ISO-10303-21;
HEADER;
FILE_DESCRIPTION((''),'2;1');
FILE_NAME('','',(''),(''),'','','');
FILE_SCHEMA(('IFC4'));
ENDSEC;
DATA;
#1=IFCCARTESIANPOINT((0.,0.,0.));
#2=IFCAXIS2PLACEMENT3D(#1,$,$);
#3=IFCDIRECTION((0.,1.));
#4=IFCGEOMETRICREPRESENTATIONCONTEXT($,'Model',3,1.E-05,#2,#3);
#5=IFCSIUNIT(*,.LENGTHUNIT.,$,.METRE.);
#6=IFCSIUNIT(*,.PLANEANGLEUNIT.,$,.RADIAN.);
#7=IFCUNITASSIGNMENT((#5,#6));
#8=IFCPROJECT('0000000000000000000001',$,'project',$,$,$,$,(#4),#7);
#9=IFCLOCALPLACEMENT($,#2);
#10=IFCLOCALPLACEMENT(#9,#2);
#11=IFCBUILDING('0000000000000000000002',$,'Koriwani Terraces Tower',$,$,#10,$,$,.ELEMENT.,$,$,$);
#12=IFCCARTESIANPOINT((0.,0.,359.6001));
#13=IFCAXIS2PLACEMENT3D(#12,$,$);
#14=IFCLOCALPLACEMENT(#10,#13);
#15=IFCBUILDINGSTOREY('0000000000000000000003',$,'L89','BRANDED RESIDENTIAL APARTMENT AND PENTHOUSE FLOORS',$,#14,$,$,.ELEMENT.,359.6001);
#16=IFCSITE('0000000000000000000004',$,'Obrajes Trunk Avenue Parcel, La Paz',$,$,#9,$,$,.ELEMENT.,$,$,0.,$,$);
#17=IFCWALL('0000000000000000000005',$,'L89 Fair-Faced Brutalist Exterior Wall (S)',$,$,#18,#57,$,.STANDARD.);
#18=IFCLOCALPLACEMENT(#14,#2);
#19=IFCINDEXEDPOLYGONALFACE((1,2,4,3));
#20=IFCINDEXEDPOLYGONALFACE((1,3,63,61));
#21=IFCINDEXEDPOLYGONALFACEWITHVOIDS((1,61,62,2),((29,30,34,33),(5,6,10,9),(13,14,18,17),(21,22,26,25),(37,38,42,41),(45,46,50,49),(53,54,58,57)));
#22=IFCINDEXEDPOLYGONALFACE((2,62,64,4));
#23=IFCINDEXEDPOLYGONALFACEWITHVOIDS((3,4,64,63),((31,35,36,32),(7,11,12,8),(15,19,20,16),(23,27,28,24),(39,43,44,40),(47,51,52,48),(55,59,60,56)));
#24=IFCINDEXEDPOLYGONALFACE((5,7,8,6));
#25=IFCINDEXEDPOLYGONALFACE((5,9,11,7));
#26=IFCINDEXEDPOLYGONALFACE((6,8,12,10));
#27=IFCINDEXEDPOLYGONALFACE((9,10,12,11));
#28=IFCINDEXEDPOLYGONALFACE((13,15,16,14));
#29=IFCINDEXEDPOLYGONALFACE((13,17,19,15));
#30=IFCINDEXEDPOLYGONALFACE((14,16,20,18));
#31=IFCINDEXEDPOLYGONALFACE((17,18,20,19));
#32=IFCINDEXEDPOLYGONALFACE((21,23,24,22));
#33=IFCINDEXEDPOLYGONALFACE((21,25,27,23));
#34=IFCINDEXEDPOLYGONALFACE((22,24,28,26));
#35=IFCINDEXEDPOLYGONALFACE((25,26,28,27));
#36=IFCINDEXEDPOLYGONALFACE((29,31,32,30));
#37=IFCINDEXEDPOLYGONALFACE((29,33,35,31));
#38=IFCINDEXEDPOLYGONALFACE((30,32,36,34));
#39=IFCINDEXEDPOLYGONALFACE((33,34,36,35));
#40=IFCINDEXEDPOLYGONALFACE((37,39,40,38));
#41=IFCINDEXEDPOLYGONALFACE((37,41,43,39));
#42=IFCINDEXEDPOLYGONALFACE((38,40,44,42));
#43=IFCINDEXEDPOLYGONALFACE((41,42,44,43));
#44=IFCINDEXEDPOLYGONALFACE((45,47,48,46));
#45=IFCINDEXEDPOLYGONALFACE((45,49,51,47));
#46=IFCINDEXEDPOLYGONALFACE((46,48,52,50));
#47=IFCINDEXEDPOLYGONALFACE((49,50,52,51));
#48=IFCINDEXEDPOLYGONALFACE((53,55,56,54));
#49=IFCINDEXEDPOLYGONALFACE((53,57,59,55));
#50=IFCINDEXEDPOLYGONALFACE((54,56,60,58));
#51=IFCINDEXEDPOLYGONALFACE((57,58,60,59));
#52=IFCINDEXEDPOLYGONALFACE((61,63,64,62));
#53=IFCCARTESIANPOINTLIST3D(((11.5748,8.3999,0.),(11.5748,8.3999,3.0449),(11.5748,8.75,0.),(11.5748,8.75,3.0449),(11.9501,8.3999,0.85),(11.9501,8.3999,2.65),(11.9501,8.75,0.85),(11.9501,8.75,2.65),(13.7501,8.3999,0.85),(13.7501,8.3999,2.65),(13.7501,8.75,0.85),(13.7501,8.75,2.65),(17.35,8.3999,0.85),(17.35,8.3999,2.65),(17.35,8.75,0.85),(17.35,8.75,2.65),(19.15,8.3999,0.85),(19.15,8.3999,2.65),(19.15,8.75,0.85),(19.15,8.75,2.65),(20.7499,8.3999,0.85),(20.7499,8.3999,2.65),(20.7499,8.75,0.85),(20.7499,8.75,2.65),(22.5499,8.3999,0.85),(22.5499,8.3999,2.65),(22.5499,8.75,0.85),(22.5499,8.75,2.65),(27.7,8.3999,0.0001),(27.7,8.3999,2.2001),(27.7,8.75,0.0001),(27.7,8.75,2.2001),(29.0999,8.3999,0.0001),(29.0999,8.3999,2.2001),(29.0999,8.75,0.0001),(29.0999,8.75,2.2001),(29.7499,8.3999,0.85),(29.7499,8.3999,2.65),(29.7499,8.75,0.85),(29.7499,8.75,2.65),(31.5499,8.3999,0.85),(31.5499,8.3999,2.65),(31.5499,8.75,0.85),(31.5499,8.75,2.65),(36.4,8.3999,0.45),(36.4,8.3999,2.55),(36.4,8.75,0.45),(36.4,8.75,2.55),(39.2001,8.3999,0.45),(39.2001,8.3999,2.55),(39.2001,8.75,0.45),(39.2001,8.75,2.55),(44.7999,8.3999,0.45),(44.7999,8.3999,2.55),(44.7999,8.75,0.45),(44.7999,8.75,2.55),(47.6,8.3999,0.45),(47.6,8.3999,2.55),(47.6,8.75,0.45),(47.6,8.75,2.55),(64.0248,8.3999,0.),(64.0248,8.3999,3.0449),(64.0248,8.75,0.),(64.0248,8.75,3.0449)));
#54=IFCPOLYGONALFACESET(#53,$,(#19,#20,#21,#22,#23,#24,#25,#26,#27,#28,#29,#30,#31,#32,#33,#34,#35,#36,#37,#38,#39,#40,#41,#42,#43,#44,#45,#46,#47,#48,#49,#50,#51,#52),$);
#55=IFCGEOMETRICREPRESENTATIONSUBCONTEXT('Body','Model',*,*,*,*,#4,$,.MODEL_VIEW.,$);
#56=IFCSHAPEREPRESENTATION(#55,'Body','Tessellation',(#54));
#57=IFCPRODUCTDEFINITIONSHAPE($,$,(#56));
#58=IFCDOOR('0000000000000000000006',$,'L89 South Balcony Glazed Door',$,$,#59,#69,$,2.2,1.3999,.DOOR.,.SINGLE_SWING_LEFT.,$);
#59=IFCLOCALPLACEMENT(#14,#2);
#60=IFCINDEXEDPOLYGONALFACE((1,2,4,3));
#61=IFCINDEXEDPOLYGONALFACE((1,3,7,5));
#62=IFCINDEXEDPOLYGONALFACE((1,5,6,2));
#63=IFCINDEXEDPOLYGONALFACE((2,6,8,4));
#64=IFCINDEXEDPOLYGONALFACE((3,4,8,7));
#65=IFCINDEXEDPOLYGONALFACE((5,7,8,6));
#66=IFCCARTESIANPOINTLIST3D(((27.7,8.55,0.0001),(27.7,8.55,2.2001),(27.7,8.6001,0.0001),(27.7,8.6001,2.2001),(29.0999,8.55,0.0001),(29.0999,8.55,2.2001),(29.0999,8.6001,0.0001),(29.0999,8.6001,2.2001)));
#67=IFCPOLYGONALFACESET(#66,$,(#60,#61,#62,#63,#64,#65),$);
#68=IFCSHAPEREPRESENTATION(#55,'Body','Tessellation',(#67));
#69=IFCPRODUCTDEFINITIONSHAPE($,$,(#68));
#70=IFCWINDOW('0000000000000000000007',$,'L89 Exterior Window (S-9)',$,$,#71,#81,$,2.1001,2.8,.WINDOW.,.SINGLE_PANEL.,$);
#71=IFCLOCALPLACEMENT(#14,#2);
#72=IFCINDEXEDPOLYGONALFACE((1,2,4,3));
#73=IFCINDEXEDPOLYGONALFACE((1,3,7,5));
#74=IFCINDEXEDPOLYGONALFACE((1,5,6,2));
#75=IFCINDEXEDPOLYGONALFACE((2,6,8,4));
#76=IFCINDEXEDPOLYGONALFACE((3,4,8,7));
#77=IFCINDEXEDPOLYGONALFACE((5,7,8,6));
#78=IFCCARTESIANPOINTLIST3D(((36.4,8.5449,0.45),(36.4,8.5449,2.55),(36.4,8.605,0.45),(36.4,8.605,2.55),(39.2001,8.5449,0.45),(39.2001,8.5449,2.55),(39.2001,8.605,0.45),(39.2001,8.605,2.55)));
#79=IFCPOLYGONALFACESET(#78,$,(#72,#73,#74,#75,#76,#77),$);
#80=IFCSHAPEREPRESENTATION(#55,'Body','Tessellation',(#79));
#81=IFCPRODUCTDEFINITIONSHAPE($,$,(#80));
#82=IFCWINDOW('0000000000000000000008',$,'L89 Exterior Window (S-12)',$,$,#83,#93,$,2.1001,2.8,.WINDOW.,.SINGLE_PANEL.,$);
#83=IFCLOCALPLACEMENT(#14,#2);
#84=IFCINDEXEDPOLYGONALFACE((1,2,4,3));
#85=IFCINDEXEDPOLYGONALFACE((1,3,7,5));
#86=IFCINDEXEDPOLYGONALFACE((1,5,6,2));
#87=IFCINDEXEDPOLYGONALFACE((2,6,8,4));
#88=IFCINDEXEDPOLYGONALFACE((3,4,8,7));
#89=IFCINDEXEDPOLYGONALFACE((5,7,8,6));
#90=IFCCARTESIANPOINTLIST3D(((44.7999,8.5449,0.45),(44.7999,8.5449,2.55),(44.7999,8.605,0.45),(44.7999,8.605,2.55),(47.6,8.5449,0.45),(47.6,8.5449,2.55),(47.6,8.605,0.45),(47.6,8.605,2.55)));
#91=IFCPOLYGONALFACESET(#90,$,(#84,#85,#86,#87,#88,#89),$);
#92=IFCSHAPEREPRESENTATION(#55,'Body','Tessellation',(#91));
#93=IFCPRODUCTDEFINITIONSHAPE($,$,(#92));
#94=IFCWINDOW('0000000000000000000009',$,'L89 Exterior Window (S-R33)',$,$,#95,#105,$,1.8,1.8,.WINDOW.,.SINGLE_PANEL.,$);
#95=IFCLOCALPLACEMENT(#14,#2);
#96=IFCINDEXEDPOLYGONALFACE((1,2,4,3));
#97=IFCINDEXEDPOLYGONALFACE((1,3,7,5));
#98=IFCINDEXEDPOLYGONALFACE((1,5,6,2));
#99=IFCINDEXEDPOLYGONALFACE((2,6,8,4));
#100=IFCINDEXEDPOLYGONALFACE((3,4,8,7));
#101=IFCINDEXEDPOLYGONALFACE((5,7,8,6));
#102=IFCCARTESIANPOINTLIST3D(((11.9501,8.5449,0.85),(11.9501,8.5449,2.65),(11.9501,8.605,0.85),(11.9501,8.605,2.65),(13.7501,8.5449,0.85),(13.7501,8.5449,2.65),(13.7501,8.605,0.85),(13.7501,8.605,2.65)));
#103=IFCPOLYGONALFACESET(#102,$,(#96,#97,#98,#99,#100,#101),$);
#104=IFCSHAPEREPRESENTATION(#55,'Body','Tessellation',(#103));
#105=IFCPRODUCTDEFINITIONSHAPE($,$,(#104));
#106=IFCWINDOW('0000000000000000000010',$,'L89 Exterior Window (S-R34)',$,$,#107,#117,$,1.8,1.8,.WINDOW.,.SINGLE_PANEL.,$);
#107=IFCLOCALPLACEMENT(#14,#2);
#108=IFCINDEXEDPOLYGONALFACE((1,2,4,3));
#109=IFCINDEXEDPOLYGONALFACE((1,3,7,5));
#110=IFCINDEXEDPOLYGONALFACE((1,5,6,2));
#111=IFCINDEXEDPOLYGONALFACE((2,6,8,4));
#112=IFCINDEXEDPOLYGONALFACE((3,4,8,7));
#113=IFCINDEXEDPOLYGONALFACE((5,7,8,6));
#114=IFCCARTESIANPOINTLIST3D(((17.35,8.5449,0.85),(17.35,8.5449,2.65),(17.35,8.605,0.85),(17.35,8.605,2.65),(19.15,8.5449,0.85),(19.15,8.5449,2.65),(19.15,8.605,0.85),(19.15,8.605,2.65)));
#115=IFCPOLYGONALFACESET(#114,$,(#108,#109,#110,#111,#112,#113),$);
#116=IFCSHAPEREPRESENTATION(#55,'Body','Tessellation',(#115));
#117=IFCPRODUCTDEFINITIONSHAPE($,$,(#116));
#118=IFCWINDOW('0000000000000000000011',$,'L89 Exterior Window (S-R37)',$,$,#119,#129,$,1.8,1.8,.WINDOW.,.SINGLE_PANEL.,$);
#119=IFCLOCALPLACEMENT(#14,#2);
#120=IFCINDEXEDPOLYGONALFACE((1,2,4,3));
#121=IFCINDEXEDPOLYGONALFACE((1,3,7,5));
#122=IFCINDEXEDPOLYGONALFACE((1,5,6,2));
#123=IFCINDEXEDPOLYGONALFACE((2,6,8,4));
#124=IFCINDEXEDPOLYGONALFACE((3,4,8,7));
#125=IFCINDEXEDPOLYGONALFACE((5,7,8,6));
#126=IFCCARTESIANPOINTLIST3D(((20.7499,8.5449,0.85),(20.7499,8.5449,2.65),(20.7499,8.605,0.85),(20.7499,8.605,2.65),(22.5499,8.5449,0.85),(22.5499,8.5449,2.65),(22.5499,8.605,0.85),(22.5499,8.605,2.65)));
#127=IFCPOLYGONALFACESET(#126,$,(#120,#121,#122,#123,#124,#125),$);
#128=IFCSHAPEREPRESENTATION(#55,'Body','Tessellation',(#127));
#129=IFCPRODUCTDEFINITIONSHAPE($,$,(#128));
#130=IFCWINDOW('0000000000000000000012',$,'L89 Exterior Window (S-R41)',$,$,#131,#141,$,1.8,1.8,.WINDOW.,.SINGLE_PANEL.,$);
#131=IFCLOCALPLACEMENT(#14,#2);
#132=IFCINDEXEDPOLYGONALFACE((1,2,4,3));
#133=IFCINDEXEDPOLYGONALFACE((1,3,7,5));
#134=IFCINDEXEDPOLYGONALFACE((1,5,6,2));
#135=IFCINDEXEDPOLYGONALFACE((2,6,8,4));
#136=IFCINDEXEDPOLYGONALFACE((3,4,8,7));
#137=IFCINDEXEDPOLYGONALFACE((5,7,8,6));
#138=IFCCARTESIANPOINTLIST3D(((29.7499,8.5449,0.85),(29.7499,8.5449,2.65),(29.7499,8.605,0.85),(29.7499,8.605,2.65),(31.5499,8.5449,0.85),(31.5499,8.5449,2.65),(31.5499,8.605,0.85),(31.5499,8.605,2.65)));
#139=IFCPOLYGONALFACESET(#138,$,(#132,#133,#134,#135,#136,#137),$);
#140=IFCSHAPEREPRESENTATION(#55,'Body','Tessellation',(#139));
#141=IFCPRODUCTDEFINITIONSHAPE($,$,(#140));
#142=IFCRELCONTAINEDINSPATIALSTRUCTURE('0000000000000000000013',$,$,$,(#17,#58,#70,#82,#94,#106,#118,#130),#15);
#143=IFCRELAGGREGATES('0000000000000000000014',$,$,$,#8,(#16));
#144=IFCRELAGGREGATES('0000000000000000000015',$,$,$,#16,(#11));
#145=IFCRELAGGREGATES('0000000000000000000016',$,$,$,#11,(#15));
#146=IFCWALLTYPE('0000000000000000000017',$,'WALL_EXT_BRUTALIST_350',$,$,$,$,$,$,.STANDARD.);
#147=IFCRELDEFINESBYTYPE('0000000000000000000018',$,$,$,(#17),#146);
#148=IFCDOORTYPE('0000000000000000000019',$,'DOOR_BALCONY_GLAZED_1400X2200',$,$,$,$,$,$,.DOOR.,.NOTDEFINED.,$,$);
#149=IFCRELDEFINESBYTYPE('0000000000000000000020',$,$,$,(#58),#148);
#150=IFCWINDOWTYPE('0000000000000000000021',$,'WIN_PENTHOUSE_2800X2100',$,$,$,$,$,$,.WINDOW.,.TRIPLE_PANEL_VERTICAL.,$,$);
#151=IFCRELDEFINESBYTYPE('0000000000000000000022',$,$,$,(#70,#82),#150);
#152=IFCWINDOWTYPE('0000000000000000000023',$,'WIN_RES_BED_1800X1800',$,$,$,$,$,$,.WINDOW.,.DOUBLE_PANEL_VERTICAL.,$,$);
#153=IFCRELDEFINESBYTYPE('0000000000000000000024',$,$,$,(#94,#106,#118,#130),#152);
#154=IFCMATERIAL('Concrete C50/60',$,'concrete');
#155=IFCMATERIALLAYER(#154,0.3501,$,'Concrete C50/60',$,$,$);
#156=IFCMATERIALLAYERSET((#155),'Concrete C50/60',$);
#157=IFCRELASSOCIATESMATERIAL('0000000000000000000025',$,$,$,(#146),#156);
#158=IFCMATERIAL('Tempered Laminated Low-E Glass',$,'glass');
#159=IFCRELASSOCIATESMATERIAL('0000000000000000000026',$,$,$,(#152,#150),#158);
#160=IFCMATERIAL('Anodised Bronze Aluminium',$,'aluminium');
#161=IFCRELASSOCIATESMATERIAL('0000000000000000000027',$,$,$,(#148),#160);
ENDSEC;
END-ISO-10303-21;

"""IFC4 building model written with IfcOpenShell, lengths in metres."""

from ifc_helpers import new_model, si_unit, direction, frame, frame_2d, origin, place, context, subcontext, project, spatial, rectangle, extrude, material, layer, layer_set, type_object, element, fill, save


model = new_model("IFC4")

# Units and contexts
model_context = context("Model", 3, precision=1e-05, world=origin(), true_north=direction((0.0, 1.0)))
body_context = subcontext(model_context, "Body", "Model", "MODEL_VIEW")
ifc_project = project(units=[si_unit("LENGTHUNIT", "METRE"), si_unit("PLANEANGLEUNIT", "RADIAN")], contexts=[model_context])

# Site, building, storey
site_placement = place(None, origin())
site = spatial("IfcSite", under=ifc_project, at=site_placement, Name="Obrajes Trunk Avenue Parcel, La Paz", CompositionType="ELEMENT", RefElevation=0.0)
building_placement = place(site_placement, origin())
building = spatial("IfcBuilding", under=site, at=building_placement, Name="Koriwani Terraces Tower", CompositionType="ELEMENT")
storey_placement = place(building_placement, frame((0.0, 0.0, 359.6001)))
storey = spatial("IfcBuildingStorey", under=building, at=storey_placement, Name="L89", Description="BRANDED RESIDENTIAL APARTMENT AND PENTHOUSE FLOORS", CompositionType="ELEMENT", Elevation=359.6001)

# Shared definitions
ifc_material_1 = material(Name="Concrete C50/60", Category="concrete")

# Shared definitions
ifc_layer_1 = layer(ifc_material_1, 0.3501, Name="Concrete C50/60")
ifc_layer_set_1 = layer_set([ifc_layer_1], Name="Concrete C50/60")
wall_type_1 = type_object("IfcWallType", Name="WALL_EXT_BRUTALIST_350", PredefinedType="STANDARD", material=ifc_layer_set_1)
ifc_material_2 = material(Name="Tempered Laminated Low-E Glass", Category="glass")
window_type_1 = type_object("IfcWindowType", Name="WIN_RES_BED_1800X1800", PartitioningType="DOUBLE_PANEL_VERTICAL", PredefinedType="WINDOW", material=ifc_material_2)

# Wall, openings, door, windows
wall_1_placement = place(storey_placement, frame((64.0249, 8.575, 0.0), z_axis=(0.0, 0.0, 1.0), x_axis=(-1.0, 0.0, 0.0)))
wall_1 = element("IfcWall", 1, at=wall_1_placement, inside=storey, type_object=wall_type_1, Name="L89 Fair-Faced Brutalist Exterior Wall (S)", PredefinedType="STANDARD", context=body_context, shape_type="SweptSolid", body=[
    extrude(rectangle(XDim=52.45, YDim=0.3501, at=frame_2d((26.2251, 0.0))), origin(), (0.0, 0.0, 1.0), 3.0449),
])
opening_1_placement = place(wall_1_placement, frame((34.925, 0.0, 0.0)))
opening_1 = element("IfcOpeningElement", 2, at=opening_1_placement, cuts=wall_1, PredefinedType="OPENING", context=body_context, shape_type="SweptSolid", body=[
    extrude(rectangle(XDim=1.3999, YDim=2.2, at=frame_2d((0.7, 1.1001))), frame((0.0, 0.1851, 0.0), z_axis=(0.0, -1.0, 0.0), x_axis=(1.0, 0.0, 0.0)), (0.0, 0.0, 1.0), 0.3701),
])
opening_2_placement = place(wall_1_placement, frame((24.825, 0.0, 0.45)))
opening_2 = element("IfcOpeningElement", 3, at=opening_2_placement, cuts=wall_1, PredefinedType="OPENING", context=body_context, shape_type="SweptSolid", body=[
    extrude(rectangle(XDim=2.8, YDim=2.1001, at=frame_2d((1.3999, 1.05))), frame((0.0, 0.1851, 0.0), z_axis=(0.0, -1.0, 0.0), x_axis=(1.0, 0.0, 0.0)), (0.0, 0.0, 1.0), 0.3701),
])
opening_3_placement = place(wall_1_placement, frame((16.425, 0.0, 0.45)))
opening_3 = element("IfcOpeningElement", 4, at=opening_3_placement, cuts=wall_1, PredefinedType="OPENING", context=body_context, shape_type="SweptSolid", body=[
    extrude(rectangle(XDim=2.8, YDim=2.1001, at=frame_2d((1.3999, 1.05))), frame((0.0, 0.1851, 0.0), z_axis=(0.0, -1.0, 0.0), x_axis=(1.0, 0.0, 0.0)), (0.0, 0.0, 1.0), 0.3701),
])
opening_4_placement = place(wall_1_placement, frame((50.2749, 0.0, 0.8501)))
opening_4 = element("IfcOpeningElement", 5, at=opening_4_placement, cuts=wall_1, PredefinedType="OPENING", context=body_context, shape_type="SweptSolid", body=[
    extrude(rectangle(XDim=1.8, YDim=1.8, at=frame_2d((0.8999, 0.8999))), frame((0.0, 0.1851, 0.0), z_axis=(0.0, -1.0, 0.0), x_axis=(1.0, 0.0, 0.0)), (0.0, 0.0, 1.0), 0.3701),
])
opening_5_placement = place(wall_1_placement, frame((44.875, 0.0, 0.8501)))
opening_5 = element("IfcOpeningElement", 6, at=opening_5_placement, cuts=wall_1, PredefinedType="OPENING", context=body_context, shape_type="SweptSolid", body=[
    extrude(rectangle(XDim=1.8, YDim=1.8, at=frame_2d((0.8999, 0.8999))), frame((0.0, 0.1851, 0.0), z_axis=(0.0, -1.0, 0.0), x_axis=(1.0, 0.0, 0.0)), (0.0, 0.0, 1.0), 0.3701),
])
opening_6_placement = place(wall_1_placement, frame((41.4751, 0.0, 0.8501)))
opening_6 = element("IfcOpeningElement", 7, at=opening_6_placement, cuts=wall_1, PredefinedType="OPENING", context=body_context, shape_type="SweptSolid", body=[
    extrude(rectangle(XDim=1.8, YDim=1.8, at=frame_2d((0.8999, 0.8999))), frame((0.0, 0.1851, 0.0), z_axis=(0.0, -1.0, 0.0), x_axis=(1.0, 0.0, 0.0)), (0.0, 0.0, 1.0), 0.3701),
])
opening_7_placement = place(wall_1_placement, frame((32.4751, 0.0, 0.8501)))
opening_7 = element("IfcOpeningElement", 8, at=opening_7_placement, cuts=wall_1, PredefinedType="OPENING", context=body_context, shape_type="SweptSolid", body=[
    extrude(rectangle(XDim=1.8, YDim=1.8, at=frame_2d((0.8999, 0.8999))), frame((0.0, 0.1851, 0.0), z_axis=(0.0, -1.0, 0.0), x_axis=(1.0, 0.0, 0.0)), (0.0, 0.0, 1.0), 0.3701),
])
ifc_material_3 = material(Name="Anodised Bronze Aluminium", Category="aluminium")
door_type_1 = type_object("IfcDoorType", Name="DOOR_BALCONY_GLAZED_1400X2200", OperationType="NOTDEFINED", PredefinedType="DOOR", material=ifc_material_3)
door_1_placement = place(opening_1_placement, origin())
door_1 = element("IfcDoor", 9, at=door_1_placement, inside=storey, type_object=door_type_1, Name="L89 South Balcony Glazed Door", OperationType="SINGLE_SWING_LEFT", OverallHeight=2.2, OverallWidth=1.3999, PredefinedType="DOOR", context=body_context, shape_type="SweptSolid", body=[
    extrude(rectangle(XDim=1.3999, YDim=2.2, at=frame_2d((0.7, 1.1001))), frame((0.0, 0.0249, 0.0), z_axis=(0.0, -1.0, 0.0), x_axis=(1.0, 0.0, 0.0)), (0.0, 0.0, 1.0), 0.05),
])
fill(opening_1, door_1)
window_type_2 = type_object("IfcWindowType", Name="WIN_PENTHOUSE_2800X2100", PartitioningType="TRIPLE_PANEL_VERTICAL", PredefinedType="WINDOW", material=ifc_material_2)
window_1_placement = place(opening_2_placement, origin())
window_1 = element("IfcWindow", 10, at=window_1_placement, inside=storey, type_object=window_type_2, Name="L89 Exterior Window (S-9)", OverallHeight=2.1001, OverallWidth=2.8, PartitioningType="SINGLE_PANEL", PredefinedType="WINDOW", context=body_context, shape_type="SweptSolid", body=[
    extrude(rectangle(XDim=2.8, YDim=2.1001, at=frame_2d((1.3999, 1.05))), frame((0.0, 0.03, 0.0), z_axis=(0.0, -1.0, 0.0), x_axis=(1.0, 0.0, 0.0)), (0.0, 0.0, 1.0), 0.0601),
])
fill(opening_2, window_1)
window_2_placement = place(opening_3_placement, origin())
window_2 = element("IfcWindow", 11, at=window_2_placement, inside=storey, type_object=window_type_2, Name="L89 Exterior Window (S-12)", OverallHeight=2.1001, OverallWidth=2.8, PartitioningType="SINGLE_PANEL", PredefinedType="WINDOW", context=body_context, shape_type="SweptSolid", body=[
    extrude(rectangle(XDim=2.8, YDim=2.1001, at=frame_2d((1.3999, 1.05))), frame((0.0, 0.03, 0.0), z_axis=(0.0, -1.0, 0.0), x_axis=(1.0, 0.0, 0.0)), (0.0, 0.0, 1.0), 0.0601),
])
fill(opening_3, window_2)
window_3_placement = place(opening_4_placement, origin())
window_3 = element("IfcWindow", 12, at=window_3_placement, inside=storey, type_object=window_type_1, Name="L89 Exterior Window (S-R33)", OverallHeight=1.8, OverallWidth=1.8, PartitioningType="SINGLE_PANEL", PredefinedType="WINDOW", context=body_context, shape_type="SweptSolid", body=[
    extrude(rectangle(XDim=1.8, YDim=1.8, at=frame_2d((0.8999, 0.8999))), frame((0.0, 0.03, 0.0), z_axis=(0.0, -1.0, 0.0), x_axis=(1.0, 0.0, 0.0)), (0.0, 0.0, 1.0), 0.0601),
])
fill(opening_4, window_3)
window_4_placement = place(opening_5_placement, origin())
window_4 = element("IfcWindow", 13, at=window_4_placement, inside=storey, type_object=window_type_1, Name="L89 Exterior Window (S-R34)", OverallHeight=1.8, OverallWidth=1.8, PartitioningType="SINGLE_PANEL", PredefinedType="WINDOW", context=body_context, shape_type="SweptSolid", body=[
    extrude(rectangle(XDim=1.8, YDim=1.8, at=frame_2d((0.8999, 0.8999))), frame((0.0, 0.03, 0.0), z_axis=(0.0, -1.0, 0.0), x_axis=(1.0, 0.0, 0.0)), (0.0, 0.0, 1.0), 0.0601),
])
fill(opening_5, window_4)
window_5_placement = place(opening_6_placement, origin())
window_5 = element("IfcWindow", 14, at=window_5_placement, inside=storey, type_object=window_type_1, Name="L89 Exterior Window (S-R37)", OverallHeight=1.8, OverallWidth=1.8, PartitioningType="SINGLE_PANEL", PredefinedType="WINDOW", context=body_context, shape_type="SweptSolid", body=[
    extrude(rectangle(XDim=1.8, YDim=1.8, at=frame_2d((0.8999, 0.8999))), frame((0.0, 0.03, 0.0), z_axis=(0.0, -1.0, 0.0), x_axis=(1.0, 0.0, 0.0)), (0.0, 0.0, 1.0), 0.0601),
])
fill(opening_6, window_5)
window_6_placement = place(opening_7_placement, origin())
window_6 = element("IfcWindow", 15, at=window_6_placement, inside=storey, type_object=window_type_1, Name="L89 Exterior Window (S-R41)", OverallHeight=1.8, OverallWidth=1.8, PartitioningType="SINGLE_PANEL", PredefinedType="WINDOW", context=body_context, shape_type="SweptSolid", body=[
    extrude(rectangle(XDim=1.8, YDim=1.8, at=frame_2d((0.8999, 0.8999))), frame((0.0, 0.03, 0.0), z_axis=(0.0, -1.0, 0.0), x_axis=(1.0, 0.0, 0.0)), (0.0, 0.0, 1.0), 0.0601),
])
fill(opening_7, window_6)

save(model, "model.ifc")
